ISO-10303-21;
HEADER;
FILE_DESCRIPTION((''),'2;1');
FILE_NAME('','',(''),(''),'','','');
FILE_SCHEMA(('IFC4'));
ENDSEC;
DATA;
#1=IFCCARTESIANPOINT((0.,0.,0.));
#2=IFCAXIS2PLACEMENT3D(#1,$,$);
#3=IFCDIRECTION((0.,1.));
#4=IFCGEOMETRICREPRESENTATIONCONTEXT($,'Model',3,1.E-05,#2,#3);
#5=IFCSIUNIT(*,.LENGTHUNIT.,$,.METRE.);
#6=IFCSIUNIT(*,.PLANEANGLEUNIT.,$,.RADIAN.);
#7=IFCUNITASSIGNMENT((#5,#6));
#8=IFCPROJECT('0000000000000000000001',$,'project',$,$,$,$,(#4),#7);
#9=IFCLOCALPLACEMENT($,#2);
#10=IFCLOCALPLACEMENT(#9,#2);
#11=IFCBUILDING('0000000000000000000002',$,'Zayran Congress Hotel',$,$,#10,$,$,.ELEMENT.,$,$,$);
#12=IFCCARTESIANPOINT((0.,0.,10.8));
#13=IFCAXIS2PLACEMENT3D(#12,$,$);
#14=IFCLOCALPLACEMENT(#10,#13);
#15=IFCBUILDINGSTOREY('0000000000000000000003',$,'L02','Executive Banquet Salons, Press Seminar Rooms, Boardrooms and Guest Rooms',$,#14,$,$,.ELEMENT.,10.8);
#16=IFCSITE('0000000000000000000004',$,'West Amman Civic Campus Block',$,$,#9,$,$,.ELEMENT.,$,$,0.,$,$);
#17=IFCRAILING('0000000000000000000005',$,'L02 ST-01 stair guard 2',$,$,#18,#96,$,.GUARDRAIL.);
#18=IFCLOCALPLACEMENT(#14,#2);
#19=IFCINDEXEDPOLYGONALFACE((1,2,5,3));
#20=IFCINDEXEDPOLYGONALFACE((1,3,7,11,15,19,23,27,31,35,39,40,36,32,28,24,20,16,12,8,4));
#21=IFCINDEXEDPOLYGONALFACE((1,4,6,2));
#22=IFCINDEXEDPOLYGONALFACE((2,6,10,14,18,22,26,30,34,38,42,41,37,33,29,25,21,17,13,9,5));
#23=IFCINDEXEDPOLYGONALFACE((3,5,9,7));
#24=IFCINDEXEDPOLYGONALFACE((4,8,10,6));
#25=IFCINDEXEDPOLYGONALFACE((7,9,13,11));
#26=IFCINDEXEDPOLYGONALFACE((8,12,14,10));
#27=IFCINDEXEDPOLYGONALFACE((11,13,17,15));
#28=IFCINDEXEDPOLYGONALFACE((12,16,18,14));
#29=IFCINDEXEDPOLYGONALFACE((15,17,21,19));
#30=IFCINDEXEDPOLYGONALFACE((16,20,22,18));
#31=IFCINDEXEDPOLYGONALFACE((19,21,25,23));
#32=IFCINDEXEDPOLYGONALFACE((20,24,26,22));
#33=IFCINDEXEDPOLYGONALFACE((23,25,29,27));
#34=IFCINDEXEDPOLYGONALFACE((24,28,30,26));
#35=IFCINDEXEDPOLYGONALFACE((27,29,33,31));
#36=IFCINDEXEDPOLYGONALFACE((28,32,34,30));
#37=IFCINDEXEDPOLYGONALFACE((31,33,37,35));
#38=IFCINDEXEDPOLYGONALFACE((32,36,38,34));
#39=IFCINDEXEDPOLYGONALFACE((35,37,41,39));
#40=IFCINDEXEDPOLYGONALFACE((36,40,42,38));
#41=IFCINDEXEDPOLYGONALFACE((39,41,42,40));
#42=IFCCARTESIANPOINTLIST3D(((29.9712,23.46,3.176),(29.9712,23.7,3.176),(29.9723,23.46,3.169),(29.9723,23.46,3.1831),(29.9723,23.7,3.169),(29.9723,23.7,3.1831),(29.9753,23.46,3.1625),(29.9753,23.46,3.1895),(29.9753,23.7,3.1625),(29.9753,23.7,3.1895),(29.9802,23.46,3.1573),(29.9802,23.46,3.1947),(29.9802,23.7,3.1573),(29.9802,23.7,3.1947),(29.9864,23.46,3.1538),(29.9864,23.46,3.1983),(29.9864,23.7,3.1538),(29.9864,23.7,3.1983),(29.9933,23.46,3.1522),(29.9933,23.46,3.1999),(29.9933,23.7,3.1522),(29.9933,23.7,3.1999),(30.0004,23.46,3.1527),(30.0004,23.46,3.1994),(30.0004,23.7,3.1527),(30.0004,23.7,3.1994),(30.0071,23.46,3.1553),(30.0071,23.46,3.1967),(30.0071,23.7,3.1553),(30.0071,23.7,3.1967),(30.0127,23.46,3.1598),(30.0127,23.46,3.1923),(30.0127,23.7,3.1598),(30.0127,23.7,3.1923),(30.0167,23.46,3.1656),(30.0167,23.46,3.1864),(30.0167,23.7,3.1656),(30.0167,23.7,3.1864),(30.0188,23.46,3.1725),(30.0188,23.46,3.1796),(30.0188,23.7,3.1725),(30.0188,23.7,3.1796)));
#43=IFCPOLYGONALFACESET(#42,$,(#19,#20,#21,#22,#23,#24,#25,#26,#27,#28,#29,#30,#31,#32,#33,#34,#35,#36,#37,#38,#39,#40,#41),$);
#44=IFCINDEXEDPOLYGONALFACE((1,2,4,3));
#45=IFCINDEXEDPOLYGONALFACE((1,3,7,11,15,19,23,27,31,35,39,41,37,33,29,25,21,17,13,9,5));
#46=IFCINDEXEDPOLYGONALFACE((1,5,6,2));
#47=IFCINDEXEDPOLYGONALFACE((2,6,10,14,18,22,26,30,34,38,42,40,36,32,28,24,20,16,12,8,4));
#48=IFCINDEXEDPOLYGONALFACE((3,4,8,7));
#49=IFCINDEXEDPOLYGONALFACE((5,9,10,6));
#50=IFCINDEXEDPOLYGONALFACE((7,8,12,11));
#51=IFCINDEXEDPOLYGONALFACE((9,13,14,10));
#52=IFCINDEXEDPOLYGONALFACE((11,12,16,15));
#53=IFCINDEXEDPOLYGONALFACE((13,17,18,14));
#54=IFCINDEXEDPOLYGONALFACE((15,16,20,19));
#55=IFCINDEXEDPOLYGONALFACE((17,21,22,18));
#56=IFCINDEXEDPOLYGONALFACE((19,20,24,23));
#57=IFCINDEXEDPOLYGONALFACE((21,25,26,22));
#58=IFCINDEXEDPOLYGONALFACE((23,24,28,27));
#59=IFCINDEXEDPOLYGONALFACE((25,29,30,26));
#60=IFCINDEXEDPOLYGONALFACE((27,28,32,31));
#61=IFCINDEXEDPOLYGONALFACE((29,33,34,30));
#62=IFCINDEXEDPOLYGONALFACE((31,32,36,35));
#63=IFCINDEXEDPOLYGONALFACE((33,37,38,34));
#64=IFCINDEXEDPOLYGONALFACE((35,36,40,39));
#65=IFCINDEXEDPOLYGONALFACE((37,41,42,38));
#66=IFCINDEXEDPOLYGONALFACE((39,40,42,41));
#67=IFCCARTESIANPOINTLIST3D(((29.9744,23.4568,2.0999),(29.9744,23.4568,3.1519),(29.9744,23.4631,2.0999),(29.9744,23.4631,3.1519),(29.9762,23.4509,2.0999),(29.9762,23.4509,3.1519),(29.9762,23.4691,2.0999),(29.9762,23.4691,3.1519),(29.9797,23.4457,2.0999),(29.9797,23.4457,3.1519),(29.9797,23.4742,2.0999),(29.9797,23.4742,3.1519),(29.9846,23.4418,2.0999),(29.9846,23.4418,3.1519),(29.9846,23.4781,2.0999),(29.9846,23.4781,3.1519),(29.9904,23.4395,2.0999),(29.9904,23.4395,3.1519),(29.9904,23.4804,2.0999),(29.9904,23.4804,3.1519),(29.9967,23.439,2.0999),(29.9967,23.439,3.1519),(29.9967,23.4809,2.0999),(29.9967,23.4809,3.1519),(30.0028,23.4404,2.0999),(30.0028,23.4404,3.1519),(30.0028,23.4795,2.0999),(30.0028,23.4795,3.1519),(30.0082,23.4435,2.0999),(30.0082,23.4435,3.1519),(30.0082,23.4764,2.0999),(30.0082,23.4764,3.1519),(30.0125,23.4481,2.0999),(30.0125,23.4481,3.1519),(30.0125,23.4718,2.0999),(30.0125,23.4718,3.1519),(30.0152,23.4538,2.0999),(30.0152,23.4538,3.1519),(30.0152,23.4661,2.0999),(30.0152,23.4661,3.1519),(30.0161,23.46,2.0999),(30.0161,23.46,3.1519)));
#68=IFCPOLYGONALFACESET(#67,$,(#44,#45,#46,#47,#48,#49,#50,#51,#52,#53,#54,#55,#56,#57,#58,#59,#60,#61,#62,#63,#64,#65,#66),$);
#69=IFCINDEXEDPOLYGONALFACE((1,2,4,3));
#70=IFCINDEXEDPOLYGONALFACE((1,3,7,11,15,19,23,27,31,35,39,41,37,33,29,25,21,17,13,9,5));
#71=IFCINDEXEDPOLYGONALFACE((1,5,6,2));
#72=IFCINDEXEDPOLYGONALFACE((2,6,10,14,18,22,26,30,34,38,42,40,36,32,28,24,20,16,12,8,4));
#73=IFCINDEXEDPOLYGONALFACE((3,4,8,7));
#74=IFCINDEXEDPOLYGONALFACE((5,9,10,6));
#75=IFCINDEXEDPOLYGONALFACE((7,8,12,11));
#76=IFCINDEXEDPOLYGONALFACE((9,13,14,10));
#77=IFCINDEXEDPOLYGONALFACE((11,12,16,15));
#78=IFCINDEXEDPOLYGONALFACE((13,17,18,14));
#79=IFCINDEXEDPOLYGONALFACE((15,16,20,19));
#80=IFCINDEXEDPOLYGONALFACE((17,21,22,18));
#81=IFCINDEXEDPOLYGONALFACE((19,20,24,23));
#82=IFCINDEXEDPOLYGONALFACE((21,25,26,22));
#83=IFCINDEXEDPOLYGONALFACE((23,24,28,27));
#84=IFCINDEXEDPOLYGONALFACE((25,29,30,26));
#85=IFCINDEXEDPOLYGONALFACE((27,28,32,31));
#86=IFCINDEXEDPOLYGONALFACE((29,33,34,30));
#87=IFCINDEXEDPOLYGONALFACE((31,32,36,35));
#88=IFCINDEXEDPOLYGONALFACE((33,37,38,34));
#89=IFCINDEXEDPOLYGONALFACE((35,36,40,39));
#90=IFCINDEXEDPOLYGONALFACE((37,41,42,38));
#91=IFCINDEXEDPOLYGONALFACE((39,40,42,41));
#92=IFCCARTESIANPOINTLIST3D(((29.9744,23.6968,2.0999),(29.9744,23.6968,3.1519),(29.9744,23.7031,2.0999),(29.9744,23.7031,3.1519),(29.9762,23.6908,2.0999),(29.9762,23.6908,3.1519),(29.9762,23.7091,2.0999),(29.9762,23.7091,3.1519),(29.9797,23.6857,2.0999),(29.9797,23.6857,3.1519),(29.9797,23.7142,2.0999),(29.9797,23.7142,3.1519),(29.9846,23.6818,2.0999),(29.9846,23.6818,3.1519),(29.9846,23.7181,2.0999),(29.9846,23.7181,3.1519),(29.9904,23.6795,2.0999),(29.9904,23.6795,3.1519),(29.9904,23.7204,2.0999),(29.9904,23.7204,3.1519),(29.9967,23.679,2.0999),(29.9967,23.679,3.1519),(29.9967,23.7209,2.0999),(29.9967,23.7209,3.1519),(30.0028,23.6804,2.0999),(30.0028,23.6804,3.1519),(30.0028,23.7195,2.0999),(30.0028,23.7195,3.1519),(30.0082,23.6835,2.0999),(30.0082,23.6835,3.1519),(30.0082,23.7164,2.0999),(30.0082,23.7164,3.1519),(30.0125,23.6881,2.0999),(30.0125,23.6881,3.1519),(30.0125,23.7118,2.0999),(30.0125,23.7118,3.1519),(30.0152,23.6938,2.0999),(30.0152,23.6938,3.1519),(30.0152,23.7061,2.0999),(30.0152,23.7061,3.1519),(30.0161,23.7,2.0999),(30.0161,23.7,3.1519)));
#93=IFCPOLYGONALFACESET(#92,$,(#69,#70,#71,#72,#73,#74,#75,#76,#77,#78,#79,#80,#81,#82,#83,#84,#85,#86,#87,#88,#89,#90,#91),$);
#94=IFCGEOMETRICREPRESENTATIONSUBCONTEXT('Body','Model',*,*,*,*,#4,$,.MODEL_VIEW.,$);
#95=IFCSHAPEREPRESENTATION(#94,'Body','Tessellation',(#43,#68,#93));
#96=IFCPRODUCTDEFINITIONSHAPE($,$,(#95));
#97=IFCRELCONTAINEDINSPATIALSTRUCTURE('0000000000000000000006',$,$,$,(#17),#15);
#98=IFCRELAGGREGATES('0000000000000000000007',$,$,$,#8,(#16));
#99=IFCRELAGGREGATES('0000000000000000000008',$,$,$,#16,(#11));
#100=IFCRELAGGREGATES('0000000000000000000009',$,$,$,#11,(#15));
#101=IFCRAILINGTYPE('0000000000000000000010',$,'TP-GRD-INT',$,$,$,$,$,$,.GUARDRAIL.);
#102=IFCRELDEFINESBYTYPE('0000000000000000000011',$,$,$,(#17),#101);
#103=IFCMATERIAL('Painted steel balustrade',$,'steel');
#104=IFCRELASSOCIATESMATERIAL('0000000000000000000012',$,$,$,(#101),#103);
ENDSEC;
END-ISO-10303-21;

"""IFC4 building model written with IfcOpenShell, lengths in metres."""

from ifc_helpers import new_model, si_unit, direction, frame, origin, origin_2d, place, context, subcontext, project, spatial, circle, extrude, material, type_object, element, save


model = new_model("IFC4")

# Units and contexts
model_context = context("Model", 3, precision=1e-05, world=origin(), true_north=direction((0.0, 1.0)))
body_context = subcontext(model_context, "Body", "Model", "MODEL_VIEW")
ifc_project = project(units=[si_unit("LENGTHUNIT", "METRE"), si_unit("PLANEANGLEUNIT", "RADIAN")], contexts=[model_context])

# Site, building, storey
site_placement = place(None, origin())
site = spatial("IfcSite", under=ifc_project, at=site_placement, Name="West Amman Civic Campus Block", CompositionType="ELEMENT", RefElevation=0.0)
building_placement = place(site_placement, origin())
building = spatial("IfcBuilding", under=site, at=building_placement, Name="Zayran Congress Hotel", CompositionType="ELEMENT")
storey_placement = place(building_placement, frame((0.0, 0.0, 10.8)))
storey = spatial("IfcBuildingStorey", under=building, at=storey_placement, Name="L02", Description="Executive Banquet Salons, Press Seminar Rooms, Boardrooms and Guest Rooms", CompositionType="ELEMENT", Elevation=10.8)

# Railing
ifc_material_1 = material(Name="Painted steel balustrade", Category="steel")
railing_type_1 = type_object("IfcRailingType", Name="TP-GRD-INT", PredefinedType="GUARDRAIL", material=ifc_material_1)
railing_1_placement = place(storey_placement, frame((29.9951, 23.46, 2.0999)))
element("IfcRailing", 1, at=railing_1_placement, inside=storey, type_object=railing_type_1, Name="L02 ST-01 stair guard 2", PredefinedType="GUARDRAIL", context=body_context, shape_type="SweptSolid", body=[
    extrude(circle(Radius=0.0239, at=origin_2d()), frame((0.0, 0.0, 1.0762), z_axis=(0.0, 1.0, 0.0), x_axis=(-1.0, 0.0, 0.0)), (0.0, 0.0, 1.0), 0.24),
    extrude(circle(Radius=0.021, at=origin_2d()), origin(), (0.0, 0.0, 1.0), 1.052),
    extrude(circle(Radius=0.021, at=origin_2d()), frame((0.0, 0.24, 0.0)), (0.0, 0.0, 1.0), 1.052),
])

save(model, "model.ifc")
